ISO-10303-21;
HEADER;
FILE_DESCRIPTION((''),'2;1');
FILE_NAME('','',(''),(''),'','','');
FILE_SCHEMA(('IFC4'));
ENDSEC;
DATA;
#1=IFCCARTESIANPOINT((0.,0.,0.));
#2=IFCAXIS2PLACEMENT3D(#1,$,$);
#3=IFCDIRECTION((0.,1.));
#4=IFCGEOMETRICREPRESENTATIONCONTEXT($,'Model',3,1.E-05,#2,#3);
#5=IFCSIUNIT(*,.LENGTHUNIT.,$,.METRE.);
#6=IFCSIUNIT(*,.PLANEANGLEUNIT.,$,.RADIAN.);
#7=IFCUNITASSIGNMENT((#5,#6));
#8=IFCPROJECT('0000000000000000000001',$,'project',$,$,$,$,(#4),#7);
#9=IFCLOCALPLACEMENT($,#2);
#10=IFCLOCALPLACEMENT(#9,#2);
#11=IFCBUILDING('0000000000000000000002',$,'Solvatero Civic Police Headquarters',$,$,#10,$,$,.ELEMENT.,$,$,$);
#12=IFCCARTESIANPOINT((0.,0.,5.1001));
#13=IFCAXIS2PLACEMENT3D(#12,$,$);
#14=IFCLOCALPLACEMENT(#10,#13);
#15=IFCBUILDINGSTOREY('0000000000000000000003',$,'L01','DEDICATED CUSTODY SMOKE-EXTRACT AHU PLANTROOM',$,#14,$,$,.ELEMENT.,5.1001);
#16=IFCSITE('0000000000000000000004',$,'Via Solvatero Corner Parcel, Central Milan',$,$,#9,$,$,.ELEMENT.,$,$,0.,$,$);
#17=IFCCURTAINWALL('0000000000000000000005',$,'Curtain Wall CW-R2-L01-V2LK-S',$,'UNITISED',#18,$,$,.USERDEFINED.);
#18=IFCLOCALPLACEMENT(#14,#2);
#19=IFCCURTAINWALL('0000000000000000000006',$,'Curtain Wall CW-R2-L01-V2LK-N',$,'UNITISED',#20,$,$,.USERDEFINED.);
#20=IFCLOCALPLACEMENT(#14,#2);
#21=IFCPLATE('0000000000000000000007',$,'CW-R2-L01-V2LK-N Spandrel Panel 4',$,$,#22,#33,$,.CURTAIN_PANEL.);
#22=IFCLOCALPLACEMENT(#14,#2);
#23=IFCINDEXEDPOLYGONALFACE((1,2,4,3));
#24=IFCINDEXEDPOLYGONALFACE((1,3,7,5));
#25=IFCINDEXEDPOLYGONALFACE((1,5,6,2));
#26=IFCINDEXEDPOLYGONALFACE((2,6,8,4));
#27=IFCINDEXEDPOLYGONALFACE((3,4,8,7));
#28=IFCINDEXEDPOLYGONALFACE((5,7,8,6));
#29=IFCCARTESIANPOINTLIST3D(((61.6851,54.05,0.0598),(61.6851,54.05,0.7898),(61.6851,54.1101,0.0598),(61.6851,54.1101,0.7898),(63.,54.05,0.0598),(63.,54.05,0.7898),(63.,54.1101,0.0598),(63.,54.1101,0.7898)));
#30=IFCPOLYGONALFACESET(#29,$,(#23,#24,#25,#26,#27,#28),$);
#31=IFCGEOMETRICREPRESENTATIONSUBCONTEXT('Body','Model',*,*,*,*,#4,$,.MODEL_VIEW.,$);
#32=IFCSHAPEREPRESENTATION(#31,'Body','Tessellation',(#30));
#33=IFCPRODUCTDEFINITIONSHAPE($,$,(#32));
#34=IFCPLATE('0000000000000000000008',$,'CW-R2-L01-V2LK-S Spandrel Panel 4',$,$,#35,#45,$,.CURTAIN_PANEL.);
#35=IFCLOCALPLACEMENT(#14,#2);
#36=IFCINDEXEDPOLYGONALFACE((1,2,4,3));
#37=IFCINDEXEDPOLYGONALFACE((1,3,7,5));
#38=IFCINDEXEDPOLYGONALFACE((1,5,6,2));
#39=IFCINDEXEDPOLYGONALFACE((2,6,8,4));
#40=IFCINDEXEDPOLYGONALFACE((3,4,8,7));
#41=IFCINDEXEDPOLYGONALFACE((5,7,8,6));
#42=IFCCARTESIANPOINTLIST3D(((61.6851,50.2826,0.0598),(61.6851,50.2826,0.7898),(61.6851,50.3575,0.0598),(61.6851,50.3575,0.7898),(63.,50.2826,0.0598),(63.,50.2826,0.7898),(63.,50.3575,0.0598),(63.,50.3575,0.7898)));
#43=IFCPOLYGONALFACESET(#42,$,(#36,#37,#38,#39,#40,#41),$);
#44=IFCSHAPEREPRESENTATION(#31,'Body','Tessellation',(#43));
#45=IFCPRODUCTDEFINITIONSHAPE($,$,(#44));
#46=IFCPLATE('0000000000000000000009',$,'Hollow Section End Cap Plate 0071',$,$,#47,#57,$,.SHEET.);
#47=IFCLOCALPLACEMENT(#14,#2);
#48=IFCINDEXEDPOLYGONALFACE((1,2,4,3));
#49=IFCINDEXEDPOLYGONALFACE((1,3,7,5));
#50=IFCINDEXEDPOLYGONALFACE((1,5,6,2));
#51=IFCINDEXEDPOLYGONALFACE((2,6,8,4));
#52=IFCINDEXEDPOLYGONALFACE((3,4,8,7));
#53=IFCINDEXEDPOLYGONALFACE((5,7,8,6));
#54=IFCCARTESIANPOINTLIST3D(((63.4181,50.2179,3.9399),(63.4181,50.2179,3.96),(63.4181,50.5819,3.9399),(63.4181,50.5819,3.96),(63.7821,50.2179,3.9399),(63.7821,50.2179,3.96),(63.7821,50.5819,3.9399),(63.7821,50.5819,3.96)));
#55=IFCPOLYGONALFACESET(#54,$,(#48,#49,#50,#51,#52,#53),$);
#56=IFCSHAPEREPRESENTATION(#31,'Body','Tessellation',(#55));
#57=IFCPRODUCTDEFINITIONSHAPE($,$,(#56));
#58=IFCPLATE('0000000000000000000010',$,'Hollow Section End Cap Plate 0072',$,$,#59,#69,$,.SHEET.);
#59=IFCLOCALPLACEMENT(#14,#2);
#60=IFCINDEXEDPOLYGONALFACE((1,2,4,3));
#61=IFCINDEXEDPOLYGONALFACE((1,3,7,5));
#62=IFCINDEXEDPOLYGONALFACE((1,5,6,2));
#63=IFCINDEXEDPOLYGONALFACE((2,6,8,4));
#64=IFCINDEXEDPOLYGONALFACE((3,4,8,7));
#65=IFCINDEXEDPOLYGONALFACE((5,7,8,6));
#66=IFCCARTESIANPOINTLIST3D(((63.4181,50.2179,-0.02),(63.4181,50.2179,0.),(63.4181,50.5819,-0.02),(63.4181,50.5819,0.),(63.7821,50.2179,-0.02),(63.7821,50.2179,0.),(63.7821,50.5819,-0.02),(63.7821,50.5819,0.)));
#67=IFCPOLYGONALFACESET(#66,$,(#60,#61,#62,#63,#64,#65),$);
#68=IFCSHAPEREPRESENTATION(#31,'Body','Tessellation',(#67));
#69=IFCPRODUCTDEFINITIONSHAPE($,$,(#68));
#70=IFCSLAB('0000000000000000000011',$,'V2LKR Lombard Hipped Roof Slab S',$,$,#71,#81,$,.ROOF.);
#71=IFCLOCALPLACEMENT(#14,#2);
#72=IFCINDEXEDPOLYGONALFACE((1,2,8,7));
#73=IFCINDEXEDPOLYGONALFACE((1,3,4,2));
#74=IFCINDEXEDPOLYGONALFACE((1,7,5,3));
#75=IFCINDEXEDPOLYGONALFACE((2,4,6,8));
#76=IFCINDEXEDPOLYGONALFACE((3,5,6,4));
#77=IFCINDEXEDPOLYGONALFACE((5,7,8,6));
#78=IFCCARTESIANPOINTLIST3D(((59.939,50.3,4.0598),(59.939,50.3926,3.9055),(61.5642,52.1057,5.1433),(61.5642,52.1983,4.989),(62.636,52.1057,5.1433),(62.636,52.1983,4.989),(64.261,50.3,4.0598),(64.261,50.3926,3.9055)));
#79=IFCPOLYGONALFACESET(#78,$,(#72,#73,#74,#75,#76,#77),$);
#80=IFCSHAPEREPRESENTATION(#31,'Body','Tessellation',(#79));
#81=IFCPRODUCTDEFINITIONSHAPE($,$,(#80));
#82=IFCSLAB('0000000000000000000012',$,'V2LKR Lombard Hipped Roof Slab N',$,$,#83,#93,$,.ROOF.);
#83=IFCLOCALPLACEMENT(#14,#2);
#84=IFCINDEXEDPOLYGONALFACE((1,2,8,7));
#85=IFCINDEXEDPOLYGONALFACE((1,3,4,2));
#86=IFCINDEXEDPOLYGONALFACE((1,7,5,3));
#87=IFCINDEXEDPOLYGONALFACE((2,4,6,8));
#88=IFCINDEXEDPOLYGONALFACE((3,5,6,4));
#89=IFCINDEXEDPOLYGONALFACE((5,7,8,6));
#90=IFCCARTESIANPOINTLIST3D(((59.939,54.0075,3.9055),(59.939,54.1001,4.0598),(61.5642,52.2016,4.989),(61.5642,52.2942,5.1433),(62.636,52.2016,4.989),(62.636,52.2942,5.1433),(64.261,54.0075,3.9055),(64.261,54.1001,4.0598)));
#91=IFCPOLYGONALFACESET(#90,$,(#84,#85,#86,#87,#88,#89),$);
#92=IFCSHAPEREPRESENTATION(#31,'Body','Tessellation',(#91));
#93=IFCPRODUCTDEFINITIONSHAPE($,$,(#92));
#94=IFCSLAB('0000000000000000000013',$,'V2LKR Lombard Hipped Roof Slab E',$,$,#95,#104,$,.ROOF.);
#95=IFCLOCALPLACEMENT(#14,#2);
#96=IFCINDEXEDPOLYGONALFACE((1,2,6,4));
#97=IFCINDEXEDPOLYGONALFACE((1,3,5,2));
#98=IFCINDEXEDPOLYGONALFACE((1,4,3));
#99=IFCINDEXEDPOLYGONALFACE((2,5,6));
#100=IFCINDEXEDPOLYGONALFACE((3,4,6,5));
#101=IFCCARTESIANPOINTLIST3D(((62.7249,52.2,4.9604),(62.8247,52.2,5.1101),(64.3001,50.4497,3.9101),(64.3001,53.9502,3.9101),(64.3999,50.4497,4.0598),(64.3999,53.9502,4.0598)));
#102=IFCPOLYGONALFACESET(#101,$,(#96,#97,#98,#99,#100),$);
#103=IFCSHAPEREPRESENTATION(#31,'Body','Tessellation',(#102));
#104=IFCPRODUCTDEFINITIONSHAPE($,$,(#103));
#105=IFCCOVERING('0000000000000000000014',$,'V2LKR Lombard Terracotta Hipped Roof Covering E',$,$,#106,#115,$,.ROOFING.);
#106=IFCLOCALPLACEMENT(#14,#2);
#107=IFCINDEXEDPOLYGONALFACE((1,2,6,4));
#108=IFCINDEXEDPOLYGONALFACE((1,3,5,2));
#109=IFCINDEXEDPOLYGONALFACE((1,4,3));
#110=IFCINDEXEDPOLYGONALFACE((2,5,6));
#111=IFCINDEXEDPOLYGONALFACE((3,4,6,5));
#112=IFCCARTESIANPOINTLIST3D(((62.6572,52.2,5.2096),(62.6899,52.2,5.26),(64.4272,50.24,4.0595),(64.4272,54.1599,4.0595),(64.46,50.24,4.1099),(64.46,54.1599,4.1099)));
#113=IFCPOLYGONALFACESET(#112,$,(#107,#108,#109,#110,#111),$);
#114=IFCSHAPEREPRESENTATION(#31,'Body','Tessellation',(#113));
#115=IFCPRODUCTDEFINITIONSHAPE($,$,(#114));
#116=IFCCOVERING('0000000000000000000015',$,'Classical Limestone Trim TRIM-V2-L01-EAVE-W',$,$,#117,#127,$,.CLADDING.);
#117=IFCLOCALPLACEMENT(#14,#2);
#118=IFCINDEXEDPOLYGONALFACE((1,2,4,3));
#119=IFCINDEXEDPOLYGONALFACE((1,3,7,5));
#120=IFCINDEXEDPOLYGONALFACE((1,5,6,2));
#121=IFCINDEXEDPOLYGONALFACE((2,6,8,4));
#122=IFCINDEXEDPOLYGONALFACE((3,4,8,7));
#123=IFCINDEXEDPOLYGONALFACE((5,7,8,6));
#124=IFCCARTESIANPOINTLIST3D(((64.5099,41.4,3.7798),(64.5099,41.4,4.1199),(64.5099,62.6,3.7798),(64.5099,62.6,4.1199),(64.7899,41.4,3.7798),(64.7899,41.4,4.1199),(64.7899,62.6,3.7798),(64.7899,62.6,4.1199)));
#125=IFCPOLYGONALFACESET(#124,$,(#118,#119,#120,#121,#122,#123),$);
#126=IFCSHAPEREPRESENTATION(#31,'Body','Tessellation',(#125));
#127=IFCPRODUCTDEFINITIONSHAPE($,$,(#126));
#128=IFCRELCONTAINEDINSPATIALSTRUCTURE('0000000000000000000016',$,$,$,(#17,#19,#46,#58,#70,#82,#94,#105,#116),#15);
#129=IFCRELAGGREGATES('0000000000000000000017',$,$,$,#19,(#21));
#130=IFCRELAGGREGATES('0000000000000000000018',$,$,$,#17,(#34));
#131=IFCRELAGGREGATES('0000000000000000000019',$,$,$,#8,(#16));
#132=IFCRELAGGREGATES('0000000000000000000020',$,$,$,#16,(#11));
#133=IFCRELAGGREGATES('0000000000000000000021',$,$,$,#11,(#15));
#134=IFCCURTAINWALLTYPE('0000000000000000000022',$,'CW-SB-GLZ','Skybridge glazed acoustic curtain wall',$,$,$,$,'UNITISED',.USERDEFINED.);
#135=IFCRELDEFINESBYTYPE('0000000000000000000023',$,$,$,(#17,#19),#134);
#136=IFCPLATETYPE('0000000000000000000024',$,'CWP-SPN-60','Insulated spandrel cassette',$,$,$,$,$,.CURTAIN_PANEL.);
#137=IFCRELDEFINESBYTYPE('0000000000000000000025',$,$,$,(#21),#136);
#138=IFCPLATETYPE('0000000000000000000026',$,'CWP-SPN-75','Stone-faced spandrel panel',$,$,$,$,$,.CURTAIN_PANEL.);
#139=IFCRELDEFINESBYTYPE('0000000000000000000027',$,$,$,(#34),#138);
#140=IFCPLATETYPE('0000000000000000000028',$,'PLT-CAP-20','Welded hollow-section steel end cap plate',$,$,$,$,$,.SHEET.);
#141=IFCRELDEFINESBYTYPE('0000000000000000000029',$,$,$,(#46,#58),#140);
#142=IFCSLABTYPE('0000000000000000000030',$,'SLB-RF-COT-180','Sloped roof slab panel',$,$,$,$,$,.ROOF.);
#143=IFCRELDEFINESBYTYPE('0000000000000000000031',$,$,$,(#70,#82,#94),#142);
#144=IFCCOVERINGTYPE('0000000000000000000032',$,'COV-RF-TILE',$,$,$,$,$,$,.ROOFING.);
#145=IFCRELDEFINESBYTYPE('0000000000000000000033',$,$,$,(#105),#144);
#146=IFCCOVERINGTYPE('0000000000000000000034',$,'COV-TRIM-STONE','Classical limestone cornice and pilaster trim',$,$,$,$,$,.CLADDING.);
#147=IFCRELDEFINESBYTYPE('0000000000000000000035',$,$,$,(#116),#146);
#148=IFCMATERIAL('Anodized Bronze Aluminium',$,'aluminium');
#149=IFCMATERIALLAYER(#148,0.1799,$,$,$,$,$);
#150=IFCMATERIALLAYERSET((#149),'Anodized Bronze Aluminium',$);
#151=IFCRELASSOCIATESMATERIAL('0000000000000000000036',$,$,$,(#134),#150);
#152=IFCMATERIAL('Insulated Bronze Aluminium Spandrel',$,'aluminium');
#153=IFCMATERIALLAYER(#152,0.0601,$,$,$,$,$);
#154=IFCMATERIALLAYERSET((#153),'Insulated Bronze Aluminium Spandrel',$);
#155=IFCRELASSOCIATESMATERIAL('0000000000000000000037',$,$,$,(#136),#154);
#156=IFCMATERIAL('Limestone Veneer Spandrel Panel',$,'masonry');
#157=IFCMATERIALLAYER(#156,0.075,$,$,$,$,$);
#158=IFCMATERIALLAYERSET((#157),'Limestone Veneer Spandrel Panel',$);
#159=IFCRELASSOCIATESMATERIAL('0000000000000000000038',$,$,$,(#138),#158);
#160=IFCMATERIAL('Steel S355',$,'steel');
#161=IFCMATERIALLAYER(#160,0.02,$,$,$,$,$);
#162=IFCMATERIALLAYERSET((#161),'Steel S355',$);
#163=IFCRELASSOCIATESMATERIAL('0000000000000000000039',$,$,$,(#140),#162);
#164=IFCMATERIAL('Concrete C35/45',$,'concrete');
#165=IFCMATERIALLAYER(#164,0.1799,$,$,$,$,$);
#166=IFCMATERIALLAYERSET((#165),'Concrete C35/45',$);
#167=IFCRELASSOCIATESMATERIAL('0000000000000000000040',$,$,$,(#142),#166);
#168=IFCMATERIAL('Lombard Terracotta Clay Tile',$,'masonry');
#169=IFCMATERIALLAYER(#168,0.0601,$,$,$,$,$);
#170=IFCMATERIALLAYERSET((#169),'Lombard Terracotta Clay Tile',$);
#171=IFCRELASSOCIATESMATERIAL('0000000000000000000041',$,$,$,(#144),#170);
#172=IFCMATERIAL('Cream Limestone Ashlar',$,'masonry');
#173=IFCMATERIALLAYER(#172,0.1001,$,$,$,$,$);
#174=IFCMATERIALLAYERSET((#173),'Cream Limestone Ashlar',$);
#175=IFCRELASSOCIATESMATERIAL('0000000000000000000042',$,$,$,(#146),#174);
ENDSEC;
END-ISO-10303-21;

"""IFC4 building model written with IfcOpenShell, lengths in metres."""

from ifc_helpers import new_model, si_unit, direction, frame, origin, origin_2d, place, context, subcontext, project, spatial, polyline, rectangle, outline, extrude, material, layer, layer_set, type_object, element, aggregate, save


model = new_model("IFC4")

# Units and contexts
model_context = context("Model", 3, precision=1e-05, world=origin(), true_north=direction((0.0, 1.0)))
body_context = subcontext(model_context, "Body", "Model", "MODEL_VIEW")
ifc_project = project(units=[si_unit("LENGTHUNIT", "METRE"), si_unit("PLANEANGLEUNIT", "RADIAN")], contexts=[model_context])

# Site, building, storey
site_placement = place(None, origin())
site = spatial("IfcSite", under=ifc_project, at=site_placement, Name="Via Solvatero Corner Parcel, Central Milan", CompositionType="ELEMENT", RefElevation=0.0)
building_placement = place(site_placement, origin())
building = spatial("IfcBuilding", under=site, at=building_placement, Name="Solvatero Civic Police Headquarters", CompositionType="ELEMENT")
storey_placement = place(building_placement, frame((0.0, 0.0, 5.1001)))
storey = spatial("IfcBuildingStorey", under=building, at=storey_placement, Name="L01", Description="DEDICATED CUSTODY SMOKE-EXTRACT AHU PLANTROOM", CompositionType="ELEMENT", Elevation=5.1001)

# Shared definitions
ifc_material_1 = material(Name="Steel S355", Category="steel")

# Curtain wall
ifc_material_2 = material(Name="Anodized Bronze Aluminium", Category="aluminium")
ifc_layer_1 = layer(ifc_material_2, 0.1799)
ifc_layer_set_1 = layer_set([ifc_layer_1], Name="Anodized Bronze Aluminium")
curtain_wall_type_1 = type_object("IfcCurtainWallType", Name="CW-SB-GLZ", Description="Skybridge glazed acoustic curtain wall", ElementType="UNITISED", PredefinedType="USERDEFINED", material=ifc_layer_set_1)
curtain_wall_1_placement = place(storey_placement, origin())
curtain_wall_1 = element("IfcCurtainWall", 1, at=curtain_wall_1_placement, inside=storey, type_object=curtain_wall_type_1, Name="Curtain Wall CW-R2-L01-V2LK-S", ObjectType="UNITISED", PredefinedType="USERDEFINED")

# Curtain wall
curtain_wall_2_placement = place(storey_placement, origin())
curtain_wall_2 = element("IfcCurtainWall", 2, at=curtain_wall_2_placement, inside=storey, type_object=curtain_wall_type_1, Name="Curtain Wall CW-R2-L01-V2LK-N", ObjectType="UNITISED", PredefinedType="USERDEFINED")

# Plates
ifc_material_3 = material(Name="Insulated Bronze Aluminium Spandrel", Category="aluminium")
ifc_layer_2 = layer(ifc_material_3, 0.0601)
ifc_layer_set_2 = layer_set([ifc_layer_2], Name="Insulated Bronze Aluminium Spandrel")
plate_type_1 = type_object("IfcPlateType", Name="CWP-SPN-60", Description="Insulated spandrel cassette", PredefinedType="CURTAIN_PANEL", material=ifc_layer_set_2)
plate_1_placement = place(storey_placement, frame((62.3425, 54.0801, 0.0598), z_axis=(0.0, 0.0, 1.0), x_axis=(1.0, 0.0, 0.0)))
plate_1 = element("IfcPlate", 3, at=plate_1_placement, type_object=plate_type_1, Name="CW-R2-L01-V2LK-N Spandrel Panel 4", PredefinedType="CURTAIN_PANEL", context=body_context, shape_type="SweptSolid", body=[
    extrude(rectangle(XDim=1.3149, YDim=0.0601, at=origin_2d()), origin(), (0.0, 0.0, 1.0), 0.73),
])
aggregate(curtain_wall_2, [plate_1])
ifc_material_4 = material(Name="Limestone Veneer Spandrel Panel", Category="masonry")
ifc_layer_3 = layer(ifc_material_4, 0.075)
ifc_layer_set_3 = layer_set([ifc_layer_3], Name="Limestone Veneer Spandrel Panel")
plate_type_2 = type_object("IfcPlateType", Name="CWP-SPN-75", Description="Stone-faced spandrel panel", PredefinedType="CURTAIN_PANEL", material=ifc_layer_set_3)
plate_2_placement = place(storey_placement, frame((62.3425, 50.3201, 0.0598), z_axis=(0.0, 0.0, 1.0), x_axis=(1.0, 0.0, 0.0)))
plate_2 = element("IfcPlate", 4, at=plate_2_placement, type_object=plate_type_2, Name="CW-R2-L01-V2LK-S Spandrel Panel 4", PredefinedType="CURTAIN_PANEL", context=body_context, shape_type="SweptSolid", body=[
    extrude(rectangle(XDim=1.3149, YDim=0.075, at=origin_2d()), origin(), (0.0, 0.0, 1.0), 0.73),
])
aggregate(curtain_wall_1, [plate_2])

# Plates
ifc_layer_4 = layer(ifc_material_1, 0.02)
ifc_layer_set_4 = layer_set([ifc_layer_4], Name="Steel S355")
plate_type_3 = type_object("IfcPlateType", Name="PLT-CAP-20", Description="Welded hollow-section steel end cap plate", PredefinedType="SHEET", material=ifc_layer_set_4)
for number, where, z_axis, x_axis, name in (
    (5, (63.6001, 50.3999, 3.9399), (0.0, 0.0, 1.0), (1.0, 0.0, 0.0), "Hollow Section End Cap Plate 0071"),
    (6, (63.6001, 50.3999, -0.02), (0.0, 0.0, 1.0), (1.0, 0.0, 0.0), "Hollow Section End Cap Plate 0072"),
):
    element("IfcPlate", number, at=place(storey_placement, frame(where, z_axis=z_axis, x_axis=x_axis)), inside=storey, type_object=plate_type_3, Name=name, PredefinedType="SHEET", context=body_context, shape_type="SweptSolid", body=[
        extrude(rectangle(XDim=0.364, YDim=0.364, at=origin_2d()), origin(), (0.0, 0.0, 1.0), 0.02),
    ])

# Slabs
ifc_material_5 = material(Name="Concrete C35/45", Category="concrete")
ifc_layer_5 = layer(ifc_material_5, 0.1799)
ifc_layer_set_5 = layer_set([ifc_layer_5], Name="Concrete C35/45")
slab_type = type_object("IfcSlabType", Name="SLB-RF-COT-180", Description="Sloped roof slab panel", PredefinedType="ROOF", material=ifc_layer_set_5)
slab_1_placement = place(storey_placement, frame((62.636, 52.1057, 5.1433), z_axis=(0.0, -0.51453, 0.857472), x_axis=(0.610928, -0.678849, -0.407346)))
element("IfcSlab", 7, at=slab_1_placement, inside=storey, type_object=slab_type, Name="V2LKR Lombard Hipped Roof Slab S", PredefinedType="ROOF", context=body_context, shape_type="SweptSolid", body=[
    extrude(outline(polyline([(0.0, 0.0), (2.6599, 0.0), (0.0194, -3.4217), (-0.6548, -0.8485), (0.0, 0.0)])), origin(), (0.0, 0.0, -1.0), 0.1799),
])
slab_2_placement = place(storey_placement, frame((61.5642, 52.2942, 5.1433), z_axis=(0.0, 0.514479, 0.857503), x_axis=(-0.610947, 0.678861, -0.407298)))
element("IfcSlab", 8, at=slab_2_placement, inside=storey, type_object=slab_type, Name="V2LKR Lombard Hipped Roof Slab N", PredefinedType="ROOF", context=body_context, shape_type="SweptSolid", body=[
    extrude(outline(polyline([(0.0, 0.0), (2.6602, 0.0), (0.0197, -3.4216), (-0.6548, -0.8485), (0.0, 0.0)])), origin(), (0.0, 0.0, -1.0), 0.1799),
])
slab_3_placement = place(storey_placement, frame((64.3999, 53.9502, 4.0598), z_axis=(0.55476, 0.0, 0.832011), x_axis=(0.0, -1.0, 0.0)))
element("IfcSlab", 9, at=slab_3_placement, inside=storey, type_object=slab_type, Name="V2LKR Lombard Hipped Roof Slab E", PredefinedType="ROOF", context=body_context, shape_type="SweptSolid", body=[
    extrude(outline(polyline([(0.0, 0.0), (3.5005, 0.0), (1.7502, -1.8932), (0.0, 0.0)])), origin(), (0.0, 0.0, -1.0), 0.1799),
])

# Coverings
ifc_material_6 = material(Name="Lombard Terracotta Clay Tile", Category="masonry")
ifc_layer_6 = layer(ifc_material_6, 0.0601)
ifc_layer_set_6 = layer_set([ifc_layer_6], Name="Lombard Terracotta Clay Tile")
covering_type_1 = type_object("IfcCoveringType", Name="COV-RF-TILE", PredefinedType="ROOFING", material=ifc_layer_set_6)
covering_1_placement = place(storey_placement, frame((64.46, 50.24, 4.1099), z_axis=(0.544866, 0.0, 0.838523), x_axis=(0.0, 1.0, 0.0)))
element("IfcCovering", 10, at=covering_1_placement, inside=storey, type_object=covering_type_1, Name="V2LKR Lombard Terracotta Hipped Roof Covering E", PredefinedType="ROOFING", context=body_context, shape_type="SweptSolid", body=[
    extrude(outline(polyline([(0.0, 0.0), (3.9199, 0.0), (1.96, 2.1109), (0.0, 0.0)])), origin(), (0.0, 0.0, -1.0), 0.0601),
])
ifc_material_7 = material(Name="Cream Limestone Ashlar", Category="masonry")
ifc_layer_7 = layer(ifc_material_7, 0.1001)
ifc_layer_set_7 = layer_set([ifc_layer_7], Name="Cream Limestone Ashlar")
covering_type_2 = type_object("IfcCoveringType", Name="COV-TRIM-STONE", Description="Classical limestone cornice and pilaster trim", PredefinedType="CLADDING", material=ifc_layer_set_7)
covering_2_placement = place(storey_placement, frame((64.6499, 52.0, 3.7798), z_axis=(0.0, 0.0, 1.0), x_axis=(1.0, 0.0, 0.0)))
element("IfcCovering", 11, at=covering_2_placement, inside=storey, type_object=covering_type_2, Name="Classical Limestone Trim TRIM-V2-L01-EAVE-W", PredefinedType="CLADDING", context=body_context, shape_type="SweptSolid", body=[
    extrude(rectangle(XDim=0.28, YDim=21.2, at=origin_2d()), origin(), (0.0, 0.0, 1.0), 0.3401),
])

save(model, "model.ifc")
